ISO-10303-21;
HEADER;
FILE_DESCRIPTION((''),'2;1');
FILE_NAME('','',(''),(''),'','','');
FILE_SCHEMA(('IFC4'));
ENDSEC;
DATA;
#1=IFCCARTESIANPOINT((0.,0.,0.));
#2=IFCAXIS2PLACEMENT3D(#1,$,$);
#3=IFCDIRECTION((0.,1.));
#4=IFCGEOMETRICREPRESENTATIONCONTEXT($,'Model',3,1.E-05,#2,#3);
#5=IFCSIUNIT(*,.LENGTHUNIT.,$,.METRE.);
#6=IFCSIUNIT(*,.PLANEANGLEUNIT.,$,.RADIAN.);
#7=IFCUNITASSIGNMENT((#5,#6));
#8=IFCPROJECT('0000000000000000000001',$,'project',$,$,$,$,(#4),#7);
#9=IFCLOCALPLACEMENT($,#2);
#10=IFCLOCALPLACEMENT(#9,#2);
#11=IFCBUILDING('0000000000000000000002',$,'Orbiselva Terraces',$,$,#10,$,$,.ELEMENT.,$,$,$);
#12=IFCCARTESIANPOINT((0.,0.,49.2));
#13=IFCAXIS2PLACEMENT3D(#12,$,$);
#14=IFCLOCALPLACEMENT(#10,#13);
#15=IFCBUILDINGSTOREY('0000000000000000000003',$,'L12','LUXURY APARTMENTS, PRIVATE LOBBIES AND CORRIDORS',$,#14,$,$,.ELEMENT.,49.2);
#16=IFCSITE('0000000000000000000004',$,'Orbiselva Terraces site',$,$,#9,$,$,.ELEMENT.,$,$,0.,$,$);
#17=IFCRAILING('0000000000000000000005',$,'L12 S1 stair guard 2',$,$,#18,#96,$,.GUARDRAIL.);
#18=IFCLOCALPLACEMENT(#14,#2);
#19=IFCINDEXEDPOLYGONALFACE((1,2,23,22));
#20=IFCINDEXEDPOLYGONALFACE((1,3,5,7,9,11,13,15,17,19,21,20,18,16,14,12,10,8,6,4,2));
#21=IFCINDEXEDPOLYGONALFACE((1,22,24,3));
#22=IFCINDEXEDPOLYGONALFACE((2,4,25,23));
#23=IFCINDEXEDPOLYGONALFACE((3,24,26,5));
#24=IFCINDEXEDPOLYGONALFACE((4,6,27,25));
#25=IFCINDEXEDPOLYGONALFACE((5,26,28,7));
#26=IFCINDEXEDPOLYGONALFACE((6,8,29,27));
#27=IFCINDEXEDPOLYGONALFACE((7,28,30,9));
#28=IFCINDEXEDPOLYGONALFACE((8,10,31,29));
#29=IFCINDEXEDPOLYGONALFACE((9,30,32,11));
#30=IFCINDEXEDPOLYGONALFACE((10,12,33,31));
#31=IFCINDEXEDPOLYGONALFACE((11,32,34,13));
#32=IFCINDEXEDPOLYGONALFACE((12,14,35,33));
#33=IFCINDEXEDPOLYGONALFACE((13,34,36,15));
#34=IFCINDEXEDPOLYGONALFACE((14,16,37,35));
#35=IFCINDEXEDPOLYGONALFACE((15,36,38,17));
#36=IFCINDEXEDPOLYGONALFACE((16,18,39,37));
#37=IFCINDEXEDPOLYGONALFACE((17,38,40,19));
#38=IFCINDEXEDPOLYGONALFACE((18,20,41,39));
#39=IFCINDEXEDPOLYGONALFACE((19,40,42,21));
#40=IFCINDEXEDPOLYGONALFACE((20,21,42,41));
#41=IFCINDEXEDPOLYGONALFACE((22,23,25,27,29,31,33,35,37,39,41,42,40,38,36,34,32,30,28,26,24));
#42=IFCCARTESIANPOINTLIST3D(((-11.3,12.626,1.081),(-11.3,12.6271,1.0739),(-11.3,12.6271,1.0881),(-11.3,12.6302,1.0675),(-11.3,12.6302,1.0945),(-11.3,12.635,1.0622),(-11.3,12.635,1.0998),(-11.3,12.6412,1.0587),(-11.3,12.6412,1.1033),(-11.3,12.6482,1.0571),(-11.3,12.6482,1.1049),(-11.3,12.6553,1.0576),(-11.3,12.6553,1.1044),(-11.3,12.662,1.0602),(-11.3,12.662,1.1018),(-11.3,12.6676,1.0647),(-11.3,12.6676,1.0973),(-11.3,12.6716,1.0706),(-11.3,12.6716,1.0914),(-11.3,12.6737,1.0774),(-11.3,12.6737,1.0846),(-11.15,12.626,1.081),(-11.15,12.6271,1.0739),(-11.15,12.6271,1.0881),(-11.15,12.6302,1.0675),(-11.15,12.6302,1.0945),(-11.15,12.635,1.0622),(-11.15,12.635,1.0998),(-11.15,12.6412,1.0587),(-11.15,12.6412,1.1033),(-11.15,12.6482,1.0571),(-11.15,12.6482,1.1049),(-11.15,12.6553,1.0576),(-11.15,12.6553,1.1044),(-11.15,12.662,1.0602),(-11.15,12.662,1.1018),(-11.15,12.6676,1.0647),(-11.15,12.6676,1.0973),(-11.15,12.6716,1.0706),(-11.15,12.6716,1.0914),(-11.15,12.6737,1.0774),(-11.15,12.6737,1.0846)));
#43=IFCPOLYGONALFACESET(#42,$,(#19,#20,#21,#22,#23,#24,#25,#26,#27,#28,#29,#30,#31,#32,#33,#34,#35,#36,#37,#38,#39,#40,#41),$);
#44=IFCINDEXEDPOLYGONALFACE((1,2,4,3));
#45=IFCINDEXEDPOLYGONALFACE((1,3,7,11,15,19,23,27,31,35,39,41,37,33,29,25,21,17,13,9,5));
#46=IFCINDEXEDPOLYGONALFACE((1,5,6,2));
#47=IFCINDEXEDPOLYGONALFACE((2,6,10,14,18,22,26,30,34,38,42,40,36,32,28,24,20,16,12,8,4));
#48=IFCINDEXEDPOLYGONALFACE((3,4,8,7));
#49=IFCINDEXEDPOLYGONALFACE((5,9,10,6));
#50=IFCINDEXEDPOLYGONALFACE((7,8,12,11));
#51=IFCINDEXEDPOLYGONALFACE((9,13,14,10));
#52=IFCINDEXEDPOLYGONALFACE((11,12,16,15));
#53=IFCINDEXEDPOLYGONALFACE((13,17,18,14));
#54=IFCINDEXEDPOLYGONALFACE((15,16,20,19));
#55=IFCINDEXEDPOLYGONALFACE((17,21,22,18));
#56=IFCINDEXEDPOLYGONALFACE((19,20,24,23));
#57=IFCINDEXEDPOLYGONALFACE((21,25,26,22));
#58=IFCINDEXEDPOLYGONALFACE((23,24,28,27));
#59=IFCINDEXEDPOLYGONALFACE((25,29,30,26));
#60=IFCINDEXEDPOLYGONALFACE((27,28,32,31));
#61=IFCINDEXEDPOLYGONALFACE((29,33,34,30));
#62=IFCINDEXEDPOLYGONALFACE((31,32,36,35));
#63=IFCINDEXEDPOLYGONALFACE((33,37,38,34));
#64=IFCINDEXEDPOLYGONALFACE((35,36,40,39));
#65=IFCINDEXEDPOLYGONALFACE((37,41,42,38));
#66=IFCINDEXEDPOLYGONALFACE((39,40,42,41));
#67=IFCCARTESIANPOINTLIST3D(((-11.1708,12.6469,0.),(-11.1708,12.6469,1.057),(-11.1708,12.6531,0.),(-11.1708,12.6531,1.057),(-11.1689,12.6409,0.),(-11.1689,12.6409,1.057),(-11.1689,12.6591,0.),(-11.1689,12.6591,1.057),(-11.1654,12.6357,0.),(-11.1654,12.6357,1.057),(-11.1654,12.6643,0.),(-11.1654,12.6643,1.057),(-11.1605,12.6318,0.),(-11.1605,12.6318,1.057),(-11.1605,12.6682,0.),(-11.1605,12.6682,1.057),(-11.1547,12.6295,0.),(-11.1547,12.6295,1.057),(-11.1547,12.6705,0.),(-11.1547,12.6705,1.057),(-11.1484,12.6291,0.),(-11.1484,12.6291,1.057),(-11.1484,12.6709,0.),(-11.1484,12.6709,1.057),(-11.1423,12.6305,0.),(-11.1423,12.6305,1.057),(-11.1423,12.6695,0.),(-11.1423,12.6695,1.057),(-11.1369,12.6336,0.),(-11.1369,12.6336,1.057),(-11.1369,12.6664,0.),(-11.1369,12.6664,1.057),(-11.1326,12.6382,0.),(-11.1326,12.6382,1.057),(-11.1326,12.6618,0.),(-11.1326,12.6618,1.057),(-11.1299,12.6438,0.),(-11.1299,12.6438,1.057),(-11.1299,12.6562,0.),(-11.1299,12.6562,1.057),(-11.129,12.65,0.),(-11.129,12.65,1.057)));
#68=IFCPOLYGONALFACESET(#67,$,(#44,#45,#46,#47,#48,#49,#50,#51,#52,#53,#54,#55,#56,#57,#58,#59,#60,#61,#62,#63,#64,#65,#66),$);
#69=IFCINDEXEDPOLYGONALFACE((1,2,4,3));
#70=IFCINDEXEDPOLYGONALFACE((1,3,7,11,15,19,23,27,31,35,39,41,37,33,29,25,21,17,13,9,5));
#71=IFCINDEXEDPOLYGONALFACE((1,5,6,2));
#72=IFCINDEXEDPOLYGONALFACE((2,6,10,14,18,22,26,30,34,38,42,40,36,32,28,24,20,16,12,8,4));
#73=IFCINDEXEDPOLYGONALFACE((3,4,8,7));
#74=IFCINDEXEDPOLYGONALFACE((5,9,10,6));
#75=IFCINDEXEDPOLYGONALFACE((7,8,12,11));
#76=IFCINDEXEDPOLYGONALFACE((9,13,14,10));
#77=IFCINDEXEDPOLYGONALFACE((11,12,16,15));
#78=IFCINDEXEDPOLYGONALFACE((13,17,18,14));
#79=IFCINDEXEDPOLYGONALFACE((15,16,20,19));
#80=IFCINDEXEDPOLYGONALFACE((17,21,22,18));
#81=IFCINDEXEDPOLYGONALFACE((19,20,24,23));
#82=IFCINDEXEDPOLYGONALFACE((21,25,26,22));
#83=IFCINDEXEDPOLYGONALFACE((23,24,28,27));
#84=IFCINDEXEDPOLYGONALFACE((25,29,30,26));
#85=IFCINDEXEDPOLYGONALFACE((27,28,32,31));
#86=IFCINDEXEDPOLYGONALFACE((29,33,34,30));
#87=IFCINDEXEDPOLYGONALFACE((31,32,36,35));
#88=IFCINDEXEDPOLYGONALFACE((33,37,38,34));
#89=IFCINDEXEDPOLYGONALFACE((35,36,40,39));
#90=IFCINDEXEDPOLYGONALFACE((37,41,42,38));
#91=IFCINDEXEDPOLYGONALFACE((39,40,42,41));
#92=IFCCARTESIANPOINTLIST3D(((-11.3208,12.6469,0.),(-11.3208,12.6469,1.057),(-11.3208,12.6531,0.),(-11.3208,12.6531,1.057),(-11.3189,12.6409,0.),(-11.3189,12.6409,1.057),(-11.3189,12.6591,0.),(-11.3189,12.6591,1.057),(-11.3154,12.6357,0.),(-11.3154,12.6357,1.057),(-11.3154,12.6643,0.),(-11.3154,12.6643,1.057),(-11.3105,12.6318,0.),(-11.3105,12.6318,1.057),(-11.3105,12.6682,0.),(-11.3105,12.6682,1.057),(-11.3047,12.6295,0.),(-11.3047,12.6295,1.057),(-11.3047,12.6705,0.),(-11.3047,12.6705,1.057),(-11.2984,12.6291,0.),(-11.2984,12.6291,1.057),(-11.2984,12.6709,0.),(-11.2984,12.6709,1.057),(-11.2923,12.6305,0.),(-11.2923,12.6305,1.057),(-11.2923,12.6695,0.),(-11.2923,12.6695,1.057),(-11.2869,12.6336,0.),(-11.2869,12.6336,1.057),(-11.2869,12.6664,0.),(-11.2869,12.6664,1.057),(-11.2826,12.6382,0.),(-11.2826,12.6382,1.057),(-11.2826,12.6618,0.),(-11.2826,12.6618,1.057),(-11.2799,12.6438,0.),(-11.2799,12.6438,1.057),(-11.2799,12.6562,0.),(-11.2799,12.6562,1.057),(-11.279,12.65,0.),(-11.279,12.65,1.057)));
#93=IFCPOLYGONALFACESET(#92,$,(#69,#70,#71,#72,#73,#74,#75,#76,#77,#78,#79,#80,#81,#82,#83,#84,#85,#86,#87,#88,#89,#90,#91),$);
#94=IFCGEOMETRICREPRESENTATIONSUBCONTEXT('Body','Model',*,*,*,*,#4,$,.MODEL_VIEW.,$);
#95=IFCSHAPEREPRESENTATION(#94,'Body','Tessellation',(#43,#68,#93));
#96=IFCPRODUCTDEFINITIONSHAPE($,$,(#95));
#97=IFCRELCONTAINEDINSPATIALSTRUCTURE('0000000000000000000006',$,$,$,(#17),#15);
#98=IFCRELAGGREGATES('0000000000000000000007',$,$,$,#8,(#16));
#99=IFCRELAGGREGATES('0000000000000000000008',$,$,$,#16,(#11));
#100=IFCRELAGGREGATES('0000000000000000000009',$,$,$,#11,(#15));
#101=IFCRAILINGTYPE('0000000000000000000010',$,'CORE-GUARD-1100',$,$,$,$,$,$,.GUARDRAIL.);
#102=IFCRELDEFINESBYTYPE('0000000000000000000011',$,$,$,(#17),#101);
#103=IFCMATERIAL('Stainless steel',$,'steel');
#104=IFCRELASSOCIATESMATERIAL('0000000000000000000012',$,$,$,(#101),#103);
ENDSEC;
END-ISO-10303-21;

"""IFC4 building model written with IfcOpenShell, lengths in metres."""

from ifc_helpers import new_model, si_unit, direction, frame, origin, origin_2d, place, context, subcontext, project, spatial, circle, extrude, material, type_object, element, save


model = new_model("IFC4")

# Units and contexts
model_context = context("Model", 3, precision=1e-05, world=origin(), true_north=direction((0.0, 1.0)))
body_context = subcontext(model_context, "Body", "Model", "MODEL_VIEW")
ifc_project = project(units=[si_unit("LENGTHUNIT", "METRE"), si_unit("PLANEANGLEUNIT", "RADIAN")], contexts=[model_context])

# Site, building, storey
site_placement = place(None, origin())
site = spatial("IfcSite", under=ifc_project, at=site_placement, Name="Orbiselva Terraces site", CompositionType="ELEMENT", RefElevation=0.0)
building_placement = place(site_placement, origin())
building = spatial("IfcBuilding", under=site, at=building_placement, Name="Orbiselva Terraces", CompositionType="ELEMENT")
storey_placement = place(building_placement, frame((0.0, 0.0, 49.2)))
storey = spatial("IfcBuildingStorey", under=building, at=storey_placement, Name="L12", Description="LUXURY APARTMENTS, PRIVATE LOBBIES AND CORRIDORS", CompositionType="ELEMENT", Elevation=49.2)

# Railing
ifc_material_1 = material(Name="Stainless steel", Category="steel")
railing_type_1 = type_object("IfcRailingType", Name="CORE-GUARD-1100", PredefinedType="GUARDRAIL", material=ifc_material_1)
railing_1_placement = place(storey_placement, frame((-11.15, 12.65, 0.0)))
element("IfcRailing", 1, at=railing_1_placement, inside=storey, type_object=railing_type_1, Name="L12 S1 stair guard 2", PredefinedType="GUARDRAIL", context=body_context, shape_type="SweptSolid", body=[
    extrude(circle(Radius=0.024, at=origin_2d()), frame((0.0, 0.0, 1.081), z_axis=(-1.0, 0.0, 0.0), x_axis=(0.0, -1.0, 0.0)), (0.0, 0.0, 1.0), 0.15),
    extrude(circle(Radius=0.021, at=origin_2d()), origin(), (0.0, 0.0, 1.0), 1.057),
    extrude(circle(Radius=0.021, at=origin_2d()), frame((-0.15, 0.0, 0.0)), (0.0, 0.0, 1.0), 1.057),
])

save(model, "model.ifc")
